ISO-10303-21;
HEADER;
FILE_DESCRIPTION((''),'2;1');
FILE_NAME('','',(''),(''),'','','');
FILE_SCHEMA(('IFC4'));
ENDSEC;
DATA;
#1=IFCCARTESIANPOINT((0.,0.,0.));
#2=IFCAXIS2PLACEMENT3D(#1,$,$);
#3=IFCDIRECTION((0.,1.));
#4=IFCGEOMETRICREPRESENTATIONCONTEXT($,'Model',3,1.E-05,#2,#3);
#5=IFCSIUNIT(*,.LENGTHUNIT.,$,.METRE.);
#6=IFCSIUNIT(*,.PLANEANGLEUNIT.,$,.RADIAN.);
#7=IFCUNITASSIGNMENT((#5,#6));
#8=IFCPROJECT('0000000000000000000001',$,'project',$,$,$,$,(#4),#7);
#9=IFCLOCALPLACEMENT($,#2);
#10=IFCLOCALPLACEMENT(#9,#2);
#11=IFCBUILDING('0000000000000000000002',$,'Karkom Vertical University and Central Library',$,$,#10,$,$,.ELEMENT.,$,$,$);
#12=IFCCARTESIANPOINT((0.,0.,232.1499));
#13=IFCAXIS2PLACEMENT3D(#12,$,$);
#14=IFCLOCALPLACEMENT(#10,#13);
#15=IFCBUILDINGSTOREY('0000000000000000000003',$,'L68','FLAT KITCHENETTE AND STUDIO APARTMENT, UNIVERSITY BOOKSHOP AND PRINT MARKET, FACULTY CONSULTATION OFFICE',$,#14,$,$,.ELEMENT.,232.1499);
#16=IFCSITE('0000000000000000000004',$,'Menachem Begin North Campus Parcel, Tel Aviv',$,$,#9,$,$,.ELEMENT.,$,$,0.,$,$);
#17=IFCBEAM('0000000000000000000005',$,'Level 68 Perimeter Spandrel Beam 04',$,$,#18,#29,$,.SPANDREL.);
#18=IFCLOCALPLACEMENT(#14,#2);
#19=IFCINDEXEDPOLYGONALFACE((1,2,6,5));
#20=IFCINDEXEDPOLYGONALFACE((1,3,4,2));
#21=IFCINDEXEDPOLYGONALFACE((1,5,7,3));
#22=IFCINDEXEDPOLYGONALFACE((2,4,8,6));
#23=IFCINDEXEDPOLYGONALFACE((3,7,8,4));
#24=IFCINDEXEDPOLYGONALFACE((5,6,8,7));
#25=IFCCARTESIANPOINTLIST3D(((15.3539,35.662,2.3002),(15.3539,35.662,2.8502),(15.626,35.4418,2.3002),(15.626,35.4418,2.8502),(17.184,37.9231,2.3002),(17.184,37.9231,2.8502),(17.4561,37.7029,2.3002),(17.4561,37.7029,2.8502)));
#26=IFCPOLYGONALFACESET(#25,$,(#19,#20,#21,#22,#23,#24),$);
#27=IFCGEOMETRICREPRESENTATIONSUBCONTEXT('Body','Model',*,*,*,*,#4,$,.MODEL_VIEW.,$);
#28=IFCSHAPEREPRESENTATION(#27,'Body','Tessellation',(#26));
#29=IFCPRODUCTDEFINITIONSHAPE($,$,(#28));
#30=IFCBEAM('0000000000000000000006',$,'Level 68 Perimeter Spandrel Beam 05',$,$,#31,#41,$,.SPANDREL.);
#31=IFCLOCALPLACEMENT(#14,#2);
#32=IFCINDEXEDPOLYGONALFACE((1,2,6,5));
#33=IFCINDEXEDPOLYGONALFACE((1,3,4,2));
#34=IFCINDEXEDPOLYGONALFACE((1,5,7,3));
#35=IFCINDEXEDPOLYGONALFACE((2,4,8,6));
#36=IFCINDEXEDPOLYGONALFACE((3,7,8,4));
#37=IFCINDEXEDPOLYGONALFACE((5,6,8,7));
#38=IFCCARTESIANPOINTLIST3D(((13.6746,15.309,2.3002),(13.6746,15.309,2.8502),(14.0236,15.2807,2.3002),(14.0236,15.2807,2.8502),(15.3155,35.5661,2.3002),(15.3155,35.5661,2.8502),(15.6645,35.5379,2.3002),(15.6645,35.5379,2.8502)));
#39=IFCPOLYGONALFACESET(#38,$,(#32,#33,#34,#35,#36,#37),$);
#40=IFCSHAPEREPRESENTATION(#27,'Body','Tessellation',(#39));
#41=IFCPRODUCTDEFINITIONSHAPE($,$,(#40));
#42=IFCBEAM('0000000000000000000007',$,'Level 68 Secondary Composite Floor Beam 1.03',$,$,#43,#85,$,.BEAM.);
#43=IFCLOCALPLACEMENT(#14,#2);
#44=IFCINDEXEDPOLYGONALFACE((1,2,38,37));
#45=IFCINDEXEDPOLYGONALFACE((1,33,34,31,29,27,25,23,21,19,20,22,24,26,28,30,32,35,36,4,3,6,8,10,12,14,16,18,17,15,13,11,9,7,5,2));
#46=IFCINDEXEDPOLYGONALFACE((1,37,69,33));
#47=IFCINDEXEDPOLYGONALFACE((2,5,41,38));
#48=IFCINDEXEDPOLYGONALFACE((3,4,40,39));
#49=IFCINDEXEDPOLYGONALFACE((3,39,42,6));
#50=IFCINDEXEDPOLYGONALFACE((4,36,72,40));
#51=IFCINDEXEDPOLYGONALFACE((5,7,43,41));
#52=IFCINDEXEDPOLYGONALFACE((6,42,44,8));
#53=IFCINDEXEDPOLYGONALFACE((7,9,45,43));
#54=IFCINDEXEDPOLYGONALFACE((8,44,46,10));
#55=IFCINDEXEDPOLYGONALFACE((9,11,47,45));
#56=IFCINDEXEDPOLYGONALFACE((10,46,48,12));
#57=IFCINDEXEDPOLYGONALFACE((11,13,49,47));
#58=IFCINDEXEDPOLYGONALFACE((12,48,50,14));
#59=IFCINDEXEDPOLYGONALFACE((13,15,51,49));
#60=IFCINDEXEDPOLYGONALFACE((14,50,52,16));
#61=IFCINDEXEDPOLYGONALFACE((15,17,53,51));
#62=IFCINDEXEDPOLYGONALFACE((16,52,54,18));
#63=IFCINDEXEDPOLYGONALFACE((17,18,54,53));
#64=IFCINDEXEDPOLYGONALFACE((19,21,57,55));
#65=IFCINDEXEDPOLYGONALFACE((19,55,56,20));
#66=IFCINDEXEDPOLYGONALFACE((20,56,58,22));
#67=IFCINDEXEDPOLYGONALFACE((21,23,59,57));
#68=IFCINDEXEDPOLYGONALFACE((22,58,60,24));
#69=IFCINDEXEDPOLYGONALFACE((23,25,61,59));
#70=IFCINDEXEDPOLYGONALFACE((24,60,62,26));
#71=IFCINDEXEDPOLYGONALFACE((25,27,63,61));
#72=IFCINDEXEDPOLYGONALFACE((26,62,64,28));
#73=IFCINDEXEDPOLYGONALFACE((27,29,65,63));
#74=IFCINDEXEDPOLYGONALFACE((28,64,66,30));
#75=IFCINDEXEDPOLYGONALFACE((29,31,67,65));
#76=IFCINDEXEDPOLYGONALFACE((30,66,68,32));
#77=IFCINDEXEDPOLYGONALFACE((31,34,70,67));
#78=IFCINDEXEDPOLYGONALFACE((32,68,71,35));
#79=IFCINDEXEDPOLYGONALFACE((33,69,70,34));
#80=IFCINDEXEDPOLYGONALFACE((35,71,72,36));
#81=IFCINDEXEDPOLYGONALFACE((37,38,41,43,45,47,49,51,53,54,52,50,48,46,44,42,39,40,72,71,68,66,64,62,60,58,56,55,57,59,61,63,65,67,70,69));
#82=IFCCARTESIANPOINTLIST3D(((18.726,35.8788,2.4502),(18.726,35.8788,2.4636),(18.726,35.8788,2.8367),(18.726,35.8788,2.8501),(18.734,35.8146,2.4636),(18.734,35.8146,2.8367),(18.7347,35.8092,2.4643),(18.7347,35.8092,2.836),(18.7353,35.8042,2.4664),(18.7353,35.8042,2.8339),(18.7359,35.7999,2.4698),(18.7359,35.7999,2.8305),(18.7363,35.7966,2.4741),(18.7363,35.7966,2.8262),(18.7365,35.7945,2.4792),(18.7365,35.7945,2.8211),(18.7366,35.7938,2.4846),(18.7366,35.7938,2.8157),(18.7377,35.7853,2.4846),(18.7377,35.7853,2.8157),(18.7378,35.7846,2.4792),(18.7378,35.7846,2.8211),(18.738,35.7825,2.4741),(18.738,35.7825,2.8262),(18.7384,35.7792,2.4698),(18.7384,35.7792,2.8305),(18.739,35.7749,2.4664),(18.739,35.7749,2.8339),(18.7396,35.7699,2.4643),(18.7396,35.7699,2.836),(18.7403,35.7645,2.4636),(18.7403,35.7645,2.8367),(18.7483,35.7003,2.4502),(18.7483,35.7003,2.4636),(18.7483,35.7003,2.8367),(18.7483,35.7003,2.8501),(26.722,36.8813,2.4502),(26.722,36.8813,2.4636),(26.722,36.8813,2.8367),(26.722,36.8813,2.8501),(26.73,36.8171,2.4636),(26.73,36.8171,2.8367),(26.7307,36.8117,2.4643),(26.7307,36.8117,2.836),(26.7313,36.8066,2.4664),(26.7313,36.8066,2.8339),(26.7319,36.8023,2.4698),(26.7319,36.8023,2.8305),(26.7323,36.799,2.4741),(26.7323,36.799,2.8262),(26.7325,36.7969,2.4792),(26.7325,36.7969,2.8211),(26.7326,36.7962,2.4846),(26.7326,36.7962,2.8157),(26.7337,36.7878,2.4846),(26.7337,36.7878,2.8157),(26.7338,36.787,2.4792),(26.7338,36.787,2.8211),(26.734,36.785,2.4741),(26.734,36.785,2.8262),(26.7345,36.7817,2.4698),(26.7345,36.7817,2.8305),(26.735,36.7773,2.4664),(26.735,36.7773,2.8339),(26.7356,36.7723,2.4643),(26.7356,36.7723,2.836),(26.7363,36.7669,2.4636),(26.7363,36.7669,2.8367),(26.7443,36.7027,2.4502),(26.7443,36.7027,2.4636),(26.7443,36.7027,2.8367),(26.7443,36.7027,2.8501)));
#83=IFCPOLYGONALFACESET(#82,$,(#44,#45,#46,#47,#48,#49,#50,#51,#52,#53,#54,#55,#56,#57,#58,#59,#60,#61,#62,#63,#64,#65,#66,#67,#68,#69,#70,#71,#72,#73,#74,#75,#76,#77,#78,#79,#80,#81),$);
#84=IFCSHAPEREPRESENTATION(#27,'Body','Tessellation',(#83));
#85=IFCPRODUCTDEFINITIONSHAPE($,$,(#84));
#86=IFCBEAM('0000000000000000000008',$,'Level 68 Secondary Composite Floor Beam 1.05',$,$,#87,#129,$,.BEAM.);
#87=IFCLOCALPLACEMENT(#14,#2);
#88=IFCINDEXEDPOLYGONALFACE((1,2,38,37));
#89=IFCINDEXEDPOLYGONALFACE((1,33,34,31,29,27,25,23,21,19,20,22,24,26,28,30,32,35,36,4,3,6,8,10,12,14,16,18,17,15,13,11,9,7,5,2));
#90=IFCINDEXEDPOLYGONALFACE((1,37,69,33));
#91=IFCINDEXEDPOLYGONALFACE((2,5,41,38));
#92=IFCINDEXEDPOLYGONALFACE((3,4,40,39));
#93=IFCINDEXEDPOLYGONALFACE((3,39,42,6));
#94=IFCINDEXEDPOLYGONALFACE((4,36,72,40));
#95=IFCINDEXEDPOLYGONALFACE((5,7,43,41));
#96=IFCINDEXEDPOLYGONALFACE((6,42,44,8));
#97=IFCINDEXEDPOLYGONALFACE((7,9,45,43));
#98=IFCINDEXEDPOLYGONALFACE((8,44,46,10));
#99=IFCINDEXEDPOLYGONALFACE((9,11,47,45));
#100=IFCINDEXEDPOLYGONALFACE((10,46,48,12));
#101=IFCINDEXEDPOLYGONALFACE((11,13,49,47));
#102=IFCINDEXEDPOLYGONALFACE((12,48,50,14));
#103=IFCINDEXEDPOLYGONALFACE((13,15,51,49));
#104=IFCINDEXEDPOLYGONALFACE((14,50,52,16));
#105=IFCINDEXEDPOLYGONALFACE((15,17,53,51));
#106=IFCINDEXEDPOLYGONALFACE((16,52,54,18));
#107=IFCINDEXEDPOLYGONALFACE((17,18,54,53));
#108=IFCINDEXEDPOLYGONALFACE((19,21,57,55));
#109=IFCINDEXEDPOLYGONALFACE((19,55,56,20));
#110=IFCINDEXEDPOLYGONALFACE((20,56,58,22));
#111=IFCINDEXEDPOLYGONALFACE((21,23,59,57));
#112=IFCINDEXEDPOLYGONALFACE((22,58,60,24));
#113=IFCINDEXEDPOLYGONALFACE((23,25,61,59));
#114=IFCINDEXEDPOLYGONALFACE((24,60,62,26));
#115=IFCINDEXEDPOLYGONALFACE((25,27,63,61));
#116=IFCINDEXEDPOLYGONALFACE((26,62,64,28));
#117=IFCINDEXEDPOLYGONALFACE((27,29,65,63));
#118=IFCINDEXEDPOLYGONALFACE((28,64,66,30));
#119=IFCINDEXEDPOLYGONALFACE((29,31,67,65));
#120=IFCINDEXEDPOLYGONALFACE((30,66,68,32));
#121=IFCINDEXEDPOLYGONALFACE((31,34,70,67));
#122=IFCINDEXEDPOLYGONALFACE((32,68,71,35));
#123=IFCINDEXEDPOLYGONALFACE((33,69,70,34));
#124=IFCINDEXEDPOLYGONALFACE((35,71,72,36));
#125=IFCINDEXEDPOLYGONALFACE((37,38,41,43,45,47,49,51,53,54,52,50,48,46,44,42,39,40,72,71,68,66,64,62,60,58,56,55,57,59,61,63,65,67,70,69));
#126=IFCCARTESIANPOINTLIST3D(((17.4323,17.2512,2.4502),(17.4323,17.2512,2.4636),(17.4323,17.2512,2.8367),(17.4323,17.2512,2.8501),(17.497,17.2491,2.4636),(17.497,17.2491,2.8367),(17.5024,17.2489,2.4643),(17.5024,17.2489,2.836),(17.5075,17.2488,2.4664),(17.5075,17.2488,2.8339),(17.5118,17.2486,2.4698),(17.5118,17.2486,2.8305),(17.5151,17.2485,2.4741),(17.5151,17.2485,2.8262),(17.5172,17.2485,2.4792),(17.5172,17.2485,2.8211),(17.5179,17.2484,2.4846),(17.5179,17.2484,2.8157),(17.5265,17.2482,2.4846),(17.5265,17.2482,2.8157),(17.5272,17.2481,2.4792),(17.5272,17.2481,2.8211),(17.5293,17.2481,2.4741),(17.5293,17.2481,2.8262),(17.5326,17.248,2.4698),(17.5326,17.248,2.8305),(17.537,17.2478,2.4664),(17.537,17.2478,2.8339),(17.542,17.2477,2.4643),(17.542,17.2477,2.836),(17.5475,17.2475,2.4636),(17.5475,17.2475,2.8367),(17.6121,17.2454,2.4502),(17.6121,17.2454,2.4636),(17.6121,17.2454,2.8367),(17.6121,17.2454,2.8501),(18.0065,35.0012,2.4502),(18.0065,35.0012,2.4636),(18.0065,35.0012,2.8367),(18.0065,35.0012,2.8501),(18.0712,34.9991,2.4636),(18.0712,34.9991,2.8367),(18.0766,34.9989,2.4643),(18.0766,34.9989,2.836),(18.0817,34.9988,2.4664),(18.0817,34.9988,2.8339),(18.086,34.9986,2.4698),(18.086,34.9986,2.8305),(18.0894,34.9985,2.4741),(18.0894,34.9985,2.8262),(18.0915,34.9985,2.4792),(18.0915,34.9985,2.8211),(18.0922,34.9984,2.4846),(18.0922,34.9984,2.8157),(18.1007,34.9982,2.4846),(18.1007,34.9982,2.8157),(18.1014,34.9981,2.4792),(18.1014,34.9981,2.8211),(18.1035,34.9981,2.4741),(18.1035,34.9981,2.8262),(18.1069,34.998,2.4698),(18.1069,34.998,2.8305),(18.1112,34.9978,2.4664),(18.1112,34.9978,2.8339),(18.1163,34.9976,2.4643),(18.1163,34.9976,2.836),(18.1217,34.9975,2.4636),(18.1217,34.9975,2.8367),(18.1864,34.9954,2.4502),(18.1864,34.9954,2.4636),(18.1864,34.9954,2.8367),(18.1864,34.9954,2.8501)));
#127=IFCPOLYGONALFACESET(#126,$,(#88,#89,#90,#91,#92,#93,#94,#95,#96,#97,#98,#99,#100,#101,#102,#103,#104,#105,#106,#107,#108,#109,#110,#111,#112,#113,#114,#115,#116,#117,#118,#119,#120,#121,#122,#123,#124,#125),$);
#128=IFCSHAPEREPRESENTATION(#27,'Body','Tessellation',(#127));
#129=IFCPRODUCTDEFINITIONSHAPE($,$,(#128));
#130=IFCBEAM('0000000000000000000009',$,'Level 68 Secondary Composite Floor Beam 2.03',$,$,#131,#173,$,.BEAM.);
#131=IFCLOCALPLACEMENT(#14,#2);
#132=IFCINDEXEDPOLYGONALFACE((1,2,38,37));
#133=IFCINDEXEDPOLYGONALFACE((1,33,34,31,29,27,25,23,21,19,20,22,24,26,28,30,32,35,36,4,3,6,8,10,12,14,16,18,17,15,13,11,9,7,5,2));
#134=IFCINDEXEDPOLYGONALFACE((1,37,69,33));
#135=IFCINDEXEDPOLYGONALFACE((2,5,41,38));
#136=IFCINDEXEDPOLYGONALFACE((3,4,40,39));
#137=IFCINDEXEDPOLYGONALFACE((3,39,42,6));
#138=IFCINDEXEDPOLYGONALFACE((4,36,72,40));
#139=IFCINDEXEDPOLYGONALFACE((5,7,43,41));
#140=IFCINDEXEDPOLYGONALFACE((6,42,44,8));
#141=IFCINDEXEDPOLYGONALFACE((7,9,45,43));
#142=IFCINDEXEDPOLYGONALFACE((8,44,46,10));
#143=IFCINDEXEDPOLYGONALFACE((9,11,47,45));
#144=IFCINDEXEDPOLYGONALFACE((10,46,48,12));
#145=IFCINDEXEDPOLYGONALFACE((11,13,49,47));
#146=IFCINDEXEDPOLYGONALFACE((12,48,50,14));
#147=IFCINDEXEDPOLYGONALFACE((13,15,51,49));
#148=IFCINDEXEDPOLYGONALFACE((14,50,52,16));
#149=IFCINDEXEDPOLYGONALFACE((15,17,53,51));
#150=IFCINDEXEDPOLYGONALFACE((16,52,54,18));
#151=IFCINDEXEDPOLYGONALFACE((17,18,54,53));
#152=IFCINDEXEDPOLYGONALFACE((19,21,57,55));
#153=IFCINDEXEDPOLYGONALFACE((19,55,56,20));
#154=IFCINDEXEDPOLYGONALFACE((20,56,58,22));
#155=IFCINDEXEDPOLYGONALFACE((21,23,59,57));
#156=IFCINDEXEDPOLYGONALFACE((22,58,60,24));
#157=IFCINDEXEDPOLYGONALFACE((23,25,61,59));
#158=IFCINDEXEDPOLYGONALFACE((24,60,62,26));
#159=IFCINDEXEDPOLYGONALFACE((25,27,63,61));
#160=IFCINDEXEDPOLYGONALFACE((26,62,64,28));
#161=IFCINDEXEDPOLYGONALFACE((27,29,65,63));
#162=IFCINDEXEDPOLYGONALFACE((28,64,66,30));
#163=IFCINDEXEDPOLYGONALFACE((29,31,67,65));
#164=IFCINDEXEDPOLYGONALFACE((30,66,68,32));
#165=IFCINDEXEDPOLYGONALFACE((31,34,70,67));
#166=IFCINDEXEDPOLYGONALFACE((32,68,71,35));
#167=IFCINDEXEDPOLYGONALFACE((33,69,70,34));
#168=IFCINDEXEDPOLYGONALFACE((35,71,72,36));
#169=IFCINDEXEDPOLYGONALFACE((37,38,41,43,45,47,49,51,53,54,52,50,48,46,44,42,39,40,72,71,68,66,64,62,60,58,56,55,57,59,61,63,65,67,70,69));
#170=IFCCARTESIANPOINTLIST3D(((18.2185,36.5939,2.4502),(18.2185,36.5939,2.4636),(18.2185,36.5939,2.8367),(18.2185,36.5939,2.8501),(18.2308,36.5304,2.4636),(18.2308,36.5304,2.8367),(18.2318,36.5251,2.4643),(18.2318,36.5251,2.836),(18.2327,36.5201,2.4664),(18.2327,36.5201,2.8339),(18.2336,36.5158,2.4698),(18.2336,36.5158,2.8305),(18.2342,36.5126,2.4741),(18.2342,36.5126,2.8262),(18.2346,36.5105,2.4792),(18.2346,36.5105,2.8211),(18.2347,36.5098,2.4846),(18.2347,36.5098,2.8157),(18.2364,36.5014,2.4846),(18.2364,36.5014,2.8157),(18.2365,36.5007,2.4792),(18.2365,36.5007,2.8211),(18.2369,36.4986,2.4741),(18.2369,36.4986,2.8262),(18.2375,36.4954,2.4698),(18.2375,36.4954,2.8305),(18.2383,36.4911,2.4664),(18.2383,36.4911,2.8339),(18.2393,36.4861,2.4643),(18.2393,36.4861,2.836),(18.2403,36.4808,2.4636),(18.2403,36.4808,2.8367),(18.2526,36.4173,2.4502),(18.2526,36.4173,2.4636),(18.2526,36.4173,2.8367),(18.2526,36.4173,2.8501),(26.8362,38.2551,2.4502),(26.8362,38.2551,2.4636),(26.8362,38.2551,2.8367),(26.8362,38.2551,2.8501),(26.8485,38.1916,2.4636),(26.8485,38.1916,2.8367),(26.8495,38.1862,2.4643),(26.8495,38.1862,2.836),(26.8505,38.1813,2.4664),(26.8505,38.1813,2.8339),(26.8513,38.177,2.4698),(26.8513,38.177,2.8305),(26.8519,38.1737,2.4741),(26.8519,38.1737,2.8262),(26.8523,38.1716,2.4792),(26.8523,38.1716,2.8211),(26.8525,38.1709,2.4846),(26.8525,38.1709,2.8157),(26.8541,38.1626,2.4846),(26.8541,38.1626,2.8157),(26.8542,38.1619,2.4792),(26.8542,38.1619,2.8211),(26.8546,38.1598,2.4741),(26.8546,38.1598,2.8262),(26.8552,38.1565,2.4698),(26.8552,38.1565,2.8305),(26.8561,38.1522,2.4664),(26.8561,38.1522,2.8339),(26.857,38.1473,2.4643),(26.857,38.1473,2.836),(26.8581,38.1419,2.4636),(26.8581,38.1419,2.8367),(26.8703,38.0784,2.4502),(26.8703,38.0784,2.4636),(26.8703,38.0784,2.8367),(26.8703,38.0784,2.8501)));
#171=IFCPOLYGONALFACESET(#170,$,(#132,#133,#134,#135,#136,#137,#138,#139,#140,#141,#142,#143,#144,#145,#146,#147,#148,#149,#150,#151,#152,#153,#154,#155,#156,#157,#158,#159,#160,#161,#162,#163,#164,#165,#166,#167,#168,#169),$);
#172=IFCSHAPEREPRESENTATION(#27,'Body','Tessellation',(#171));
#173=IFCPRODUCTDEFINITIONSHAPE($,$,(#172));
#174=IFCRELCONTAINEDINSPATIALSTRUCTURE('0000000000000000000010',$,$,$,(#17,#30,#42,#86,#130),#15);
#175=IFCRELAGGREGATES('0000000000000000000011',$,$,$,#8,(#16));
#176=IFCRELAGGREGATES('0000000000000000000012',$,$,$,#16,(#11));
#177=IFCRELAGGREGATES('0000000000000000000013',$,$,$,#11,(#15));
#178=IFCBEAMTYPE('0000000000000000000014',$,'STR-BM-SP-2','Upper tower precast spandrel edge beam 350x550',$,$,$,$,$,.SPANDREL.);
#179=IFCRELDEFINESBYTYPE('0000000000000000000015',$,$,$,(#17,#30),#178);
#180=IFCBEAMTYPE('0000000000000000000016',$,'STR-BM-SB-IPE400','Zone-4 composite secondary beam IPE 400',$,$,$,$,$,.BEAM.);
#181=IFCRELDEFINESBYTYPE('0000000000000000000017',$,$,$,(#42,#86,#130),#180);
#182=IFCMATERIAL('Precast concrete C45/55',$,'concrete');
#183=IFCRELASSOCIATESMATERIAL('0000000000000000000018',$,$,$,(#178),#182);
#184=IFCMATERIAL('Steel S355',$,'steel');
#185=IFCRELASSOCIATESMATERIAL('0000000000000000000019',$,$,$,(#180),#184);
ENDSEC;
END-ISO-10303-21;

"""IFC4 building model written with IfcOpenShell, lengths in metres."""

from ifc_helpers import new_model, si_unit, direction, frame, origin, origin_with_axes, origin_2d, place, context, subcontext, project, spatial, rectangle, i_section, extrude, source, transform, mapped, material, material_profile, profile_set, type_object, element, save


model = new_model("IFC4")

# Units and contexts
model_context = context("Model", 3, precision=1e-05, world=origin(), true_north=direction((0.0, 1.0)))
body_context = subcontext(model_context, "Body", "Model", "MODEL_VIEW")
ifc_project = project(units=[si_unit("LENGTHUNIT", "METRE"), si_unit("PLANEANGLEUNIT", "RADIAN")], contexts=[model_context])

# Site, building, storey
site_placement = place(None, origin())
site = spatial("IfcSite", under=ifc_project, at=site_placement, Name="Menachem Begin North Campus Parcel, Tel Aviv", CompositionType="ELEMENT", RefElevation=0.0)
building_placement = place(site_placement, origin())
building = spatial("IfcBuilding", under=site, at=building_placement, Name="Karkom Vertical University and Central Library", CompositionType="ELEMENT")
storey_placement = place(building_placement, frame((0.0, 0.0, 232.1499)))
storey = spatial("IfcBuildingStorey", under=building, at=storey_placement, Name="L68", Description="FLAT KITCHENETTE AND STUDIO APARTMENT, UNIVERSITY BOOKSHOP AND PRINT MARKET, FACULTY CONSULTATION OFFICE", CompositionType="ELEMENT", Elevation=232.1499)

# Beams
ifc_material_1 = material(Name="Precast concrete C45/55", Category="concrete")
ifc_material_profile_1 = material_profile(ifc_material_1, rectangle(XDim=0.3501, YDim=0.55, at=origin_2d()), Name="SPB-350x550")
ifc_profile_set_1 = profile_set([ifc_material_profile_1], Name="Precast concrete C45/55")
beam_type_1 = type_object("IfcBeamType", Name="STR-BM-SP-2", Description="Upper tower precast spandrel edge beam 350x550", PredefinedType="SPANDREL", material=ifc_profile_set_1)
shared_shape_1 = source(origin_with_axes(), body_context, "Body", "SweptSolid", [
    extrude(rectangle(XDim=0.3501, YDim=0.55, at=origin_2d()), origin(), (0.0, 0.0, 1.0), 2.9089),
])
beam_1_placement = place(storey_placement, frame((17.3201, 37.813, 2.5752), z_axis=(-0.629148, -0.777286, 0.0), x_axis=(0.777286, -0.629148, 0.0)))
element("IfcBeam", 1, at=beam_1_placement, inside=storey, type_object=beam_type_1, Name="Level 68 Perimeter Spandrel Beam 04", PredefinedType="SPANDREL", context=body_context, shape_type="MappedRepresentation", body=[
    mapped(shared_shape_1, transform((0.0, 0.0, 0.0), scale=1.0)),
])
shared_shape_2 = source(origin_with_axes(), body_context, "Body", "SweptSolid", [
    extrude(rectangle(XDim=0.3501, YDim=0.55, at=origin_2d()), origin(), (0.0, 0.0, 1.0), 20.3235),
])
beam_2_placement = place(storey_placement, frame((15.49, 35.552, 2.5752), z_axis=(-0.080738, -0.996735, 0.0), x_axis=(0.996735, -0.080738, 0.0)))
element("IfcBeam", 2, at=beam_2_placement, inside=storey, type_object=beam_type_1, Name="Level 68 Perimeter Spandrel Beam 05", PredefinedType="SPANDREL", context=body_context, shape_type="MappedRepresentation", body=[
    mapped(shared_shape_2, transform((0.0, 0.0, 0.0), scale=1.0)),
])
ifc_material_2 = material(Name="Steel S355", Category="steel")
ifc_material_profile_2 = material_profile(ifc_material_2, i_section(OverallWidth=0.1799, OverallDepth=0.3999, WebThickness=0.0085, FlangeThickness=0.0134, FilletRadius=0.021, at=origin_2d()), Name="IPE 400")
ifc_profile_set_2 = profile_set([ifc_material_profile_2], Name="Steel S355")
beam_type_2 = type_object("IfcBeamType", Name="STR-BM-SB-IPE400", Description="Zone-4 composite secondary beam IPE 400", PredefinedType="BEAM", material=ifc_profile_set_2)
shared_shape_3 = source(origin_with_axes(), body_context, "Body", "SweptSolid", [
    extrude(i_section(OverallWidth=0.1799, OverallDepth=0.3999, WebThickness=0.0085, FlangeThickness=0.0134, FilletRadius=0.021, at=origin_2d()), origin(), (0.0, 0.0, 1.0), 8.0586),
])
beam_3_placement = place(storey_placement, frame((26.7332, 36.792, 2.6501), z_axis=(-0.992233, -0.124393, 0.0), x_axis=(0.124393, -0.992233, 0.0)))
element("IfcBeam", 3, at=beam_3_placement, inside=storey, type_object=beam_type_2, Name="Level 68 Secondary Composite Floor Beam 1.03", PredefinedType="BEAM", context=body_context, shape_type="MappedRepresentation", body=[
    mapped(shared_shape_3, transform((0.0, 0.0, 0.0), scale=1.0)),
])
shared_shape_4 = source(origin_with_axes(), body_context, "Body", "SweptSolid", [
    extrude(i_section(OverallWidth=0.1799, OverallDepth=0.3999, WebThickness=0.0085, FlangeThickness=0.0134, FilletRadius=0.021, at=origin_2d()), origin(), (0.0, 0.0, 1.0), 17.7593),
])
beam_4_placement = place(storey_placement, frame((18.0964, 34.9983, 2.6501), z_axis=(-0.032333, -0.999477, 0.0), x_axis=(0.999477, -0.032333, 0.0)))
element("IfcBeam", 4, at=beam_4_placement, inside=storey, type_object=beam_type_2, Name="Level 68 Secondary Composite Floor Beam 1.05", PredefinedType="BEAM", context=body_context, shape_type="MappedRepresentation", body=[
    mapped(shared_shape_4, transform((0.0, 0.0, 0.0), scale=1.0)),
])
shared_shape_5 = source(origin_with_axes(), body_context, "Body", "SweptSolid", [
    extrude(i_section(OverallWidth=0.1799, OverallDepth=0.3999, WebThickness=0.0085, FlangeThickness=0.0134, FilletRadius=0.021, at=origin_2d()), origin(), (0.0, 0.0, 1.0), 8.7764),
])
beam_5_placement = place(storey_placement, frame((26.8533, 38.1667, 2.6501), z_axis=(-0.981924, -0.189275, 0.0), x_axis=(0.189275, -0.981924, 0.0)))
element("IfcBeam", 5, at=beam_5_placement, inside=storey, type_object=beam_type_2, Name="Level 68 Secondary Composite Floor Beam 2.03", PredefinedType="BEAM", context=body_context, shape_type="MappedRepresentation", body=[
    mapped(shared_shape_5, transform((0.0, 0.0, 0.0), scale=1.0)),
])

save(model, "model.ifc")
